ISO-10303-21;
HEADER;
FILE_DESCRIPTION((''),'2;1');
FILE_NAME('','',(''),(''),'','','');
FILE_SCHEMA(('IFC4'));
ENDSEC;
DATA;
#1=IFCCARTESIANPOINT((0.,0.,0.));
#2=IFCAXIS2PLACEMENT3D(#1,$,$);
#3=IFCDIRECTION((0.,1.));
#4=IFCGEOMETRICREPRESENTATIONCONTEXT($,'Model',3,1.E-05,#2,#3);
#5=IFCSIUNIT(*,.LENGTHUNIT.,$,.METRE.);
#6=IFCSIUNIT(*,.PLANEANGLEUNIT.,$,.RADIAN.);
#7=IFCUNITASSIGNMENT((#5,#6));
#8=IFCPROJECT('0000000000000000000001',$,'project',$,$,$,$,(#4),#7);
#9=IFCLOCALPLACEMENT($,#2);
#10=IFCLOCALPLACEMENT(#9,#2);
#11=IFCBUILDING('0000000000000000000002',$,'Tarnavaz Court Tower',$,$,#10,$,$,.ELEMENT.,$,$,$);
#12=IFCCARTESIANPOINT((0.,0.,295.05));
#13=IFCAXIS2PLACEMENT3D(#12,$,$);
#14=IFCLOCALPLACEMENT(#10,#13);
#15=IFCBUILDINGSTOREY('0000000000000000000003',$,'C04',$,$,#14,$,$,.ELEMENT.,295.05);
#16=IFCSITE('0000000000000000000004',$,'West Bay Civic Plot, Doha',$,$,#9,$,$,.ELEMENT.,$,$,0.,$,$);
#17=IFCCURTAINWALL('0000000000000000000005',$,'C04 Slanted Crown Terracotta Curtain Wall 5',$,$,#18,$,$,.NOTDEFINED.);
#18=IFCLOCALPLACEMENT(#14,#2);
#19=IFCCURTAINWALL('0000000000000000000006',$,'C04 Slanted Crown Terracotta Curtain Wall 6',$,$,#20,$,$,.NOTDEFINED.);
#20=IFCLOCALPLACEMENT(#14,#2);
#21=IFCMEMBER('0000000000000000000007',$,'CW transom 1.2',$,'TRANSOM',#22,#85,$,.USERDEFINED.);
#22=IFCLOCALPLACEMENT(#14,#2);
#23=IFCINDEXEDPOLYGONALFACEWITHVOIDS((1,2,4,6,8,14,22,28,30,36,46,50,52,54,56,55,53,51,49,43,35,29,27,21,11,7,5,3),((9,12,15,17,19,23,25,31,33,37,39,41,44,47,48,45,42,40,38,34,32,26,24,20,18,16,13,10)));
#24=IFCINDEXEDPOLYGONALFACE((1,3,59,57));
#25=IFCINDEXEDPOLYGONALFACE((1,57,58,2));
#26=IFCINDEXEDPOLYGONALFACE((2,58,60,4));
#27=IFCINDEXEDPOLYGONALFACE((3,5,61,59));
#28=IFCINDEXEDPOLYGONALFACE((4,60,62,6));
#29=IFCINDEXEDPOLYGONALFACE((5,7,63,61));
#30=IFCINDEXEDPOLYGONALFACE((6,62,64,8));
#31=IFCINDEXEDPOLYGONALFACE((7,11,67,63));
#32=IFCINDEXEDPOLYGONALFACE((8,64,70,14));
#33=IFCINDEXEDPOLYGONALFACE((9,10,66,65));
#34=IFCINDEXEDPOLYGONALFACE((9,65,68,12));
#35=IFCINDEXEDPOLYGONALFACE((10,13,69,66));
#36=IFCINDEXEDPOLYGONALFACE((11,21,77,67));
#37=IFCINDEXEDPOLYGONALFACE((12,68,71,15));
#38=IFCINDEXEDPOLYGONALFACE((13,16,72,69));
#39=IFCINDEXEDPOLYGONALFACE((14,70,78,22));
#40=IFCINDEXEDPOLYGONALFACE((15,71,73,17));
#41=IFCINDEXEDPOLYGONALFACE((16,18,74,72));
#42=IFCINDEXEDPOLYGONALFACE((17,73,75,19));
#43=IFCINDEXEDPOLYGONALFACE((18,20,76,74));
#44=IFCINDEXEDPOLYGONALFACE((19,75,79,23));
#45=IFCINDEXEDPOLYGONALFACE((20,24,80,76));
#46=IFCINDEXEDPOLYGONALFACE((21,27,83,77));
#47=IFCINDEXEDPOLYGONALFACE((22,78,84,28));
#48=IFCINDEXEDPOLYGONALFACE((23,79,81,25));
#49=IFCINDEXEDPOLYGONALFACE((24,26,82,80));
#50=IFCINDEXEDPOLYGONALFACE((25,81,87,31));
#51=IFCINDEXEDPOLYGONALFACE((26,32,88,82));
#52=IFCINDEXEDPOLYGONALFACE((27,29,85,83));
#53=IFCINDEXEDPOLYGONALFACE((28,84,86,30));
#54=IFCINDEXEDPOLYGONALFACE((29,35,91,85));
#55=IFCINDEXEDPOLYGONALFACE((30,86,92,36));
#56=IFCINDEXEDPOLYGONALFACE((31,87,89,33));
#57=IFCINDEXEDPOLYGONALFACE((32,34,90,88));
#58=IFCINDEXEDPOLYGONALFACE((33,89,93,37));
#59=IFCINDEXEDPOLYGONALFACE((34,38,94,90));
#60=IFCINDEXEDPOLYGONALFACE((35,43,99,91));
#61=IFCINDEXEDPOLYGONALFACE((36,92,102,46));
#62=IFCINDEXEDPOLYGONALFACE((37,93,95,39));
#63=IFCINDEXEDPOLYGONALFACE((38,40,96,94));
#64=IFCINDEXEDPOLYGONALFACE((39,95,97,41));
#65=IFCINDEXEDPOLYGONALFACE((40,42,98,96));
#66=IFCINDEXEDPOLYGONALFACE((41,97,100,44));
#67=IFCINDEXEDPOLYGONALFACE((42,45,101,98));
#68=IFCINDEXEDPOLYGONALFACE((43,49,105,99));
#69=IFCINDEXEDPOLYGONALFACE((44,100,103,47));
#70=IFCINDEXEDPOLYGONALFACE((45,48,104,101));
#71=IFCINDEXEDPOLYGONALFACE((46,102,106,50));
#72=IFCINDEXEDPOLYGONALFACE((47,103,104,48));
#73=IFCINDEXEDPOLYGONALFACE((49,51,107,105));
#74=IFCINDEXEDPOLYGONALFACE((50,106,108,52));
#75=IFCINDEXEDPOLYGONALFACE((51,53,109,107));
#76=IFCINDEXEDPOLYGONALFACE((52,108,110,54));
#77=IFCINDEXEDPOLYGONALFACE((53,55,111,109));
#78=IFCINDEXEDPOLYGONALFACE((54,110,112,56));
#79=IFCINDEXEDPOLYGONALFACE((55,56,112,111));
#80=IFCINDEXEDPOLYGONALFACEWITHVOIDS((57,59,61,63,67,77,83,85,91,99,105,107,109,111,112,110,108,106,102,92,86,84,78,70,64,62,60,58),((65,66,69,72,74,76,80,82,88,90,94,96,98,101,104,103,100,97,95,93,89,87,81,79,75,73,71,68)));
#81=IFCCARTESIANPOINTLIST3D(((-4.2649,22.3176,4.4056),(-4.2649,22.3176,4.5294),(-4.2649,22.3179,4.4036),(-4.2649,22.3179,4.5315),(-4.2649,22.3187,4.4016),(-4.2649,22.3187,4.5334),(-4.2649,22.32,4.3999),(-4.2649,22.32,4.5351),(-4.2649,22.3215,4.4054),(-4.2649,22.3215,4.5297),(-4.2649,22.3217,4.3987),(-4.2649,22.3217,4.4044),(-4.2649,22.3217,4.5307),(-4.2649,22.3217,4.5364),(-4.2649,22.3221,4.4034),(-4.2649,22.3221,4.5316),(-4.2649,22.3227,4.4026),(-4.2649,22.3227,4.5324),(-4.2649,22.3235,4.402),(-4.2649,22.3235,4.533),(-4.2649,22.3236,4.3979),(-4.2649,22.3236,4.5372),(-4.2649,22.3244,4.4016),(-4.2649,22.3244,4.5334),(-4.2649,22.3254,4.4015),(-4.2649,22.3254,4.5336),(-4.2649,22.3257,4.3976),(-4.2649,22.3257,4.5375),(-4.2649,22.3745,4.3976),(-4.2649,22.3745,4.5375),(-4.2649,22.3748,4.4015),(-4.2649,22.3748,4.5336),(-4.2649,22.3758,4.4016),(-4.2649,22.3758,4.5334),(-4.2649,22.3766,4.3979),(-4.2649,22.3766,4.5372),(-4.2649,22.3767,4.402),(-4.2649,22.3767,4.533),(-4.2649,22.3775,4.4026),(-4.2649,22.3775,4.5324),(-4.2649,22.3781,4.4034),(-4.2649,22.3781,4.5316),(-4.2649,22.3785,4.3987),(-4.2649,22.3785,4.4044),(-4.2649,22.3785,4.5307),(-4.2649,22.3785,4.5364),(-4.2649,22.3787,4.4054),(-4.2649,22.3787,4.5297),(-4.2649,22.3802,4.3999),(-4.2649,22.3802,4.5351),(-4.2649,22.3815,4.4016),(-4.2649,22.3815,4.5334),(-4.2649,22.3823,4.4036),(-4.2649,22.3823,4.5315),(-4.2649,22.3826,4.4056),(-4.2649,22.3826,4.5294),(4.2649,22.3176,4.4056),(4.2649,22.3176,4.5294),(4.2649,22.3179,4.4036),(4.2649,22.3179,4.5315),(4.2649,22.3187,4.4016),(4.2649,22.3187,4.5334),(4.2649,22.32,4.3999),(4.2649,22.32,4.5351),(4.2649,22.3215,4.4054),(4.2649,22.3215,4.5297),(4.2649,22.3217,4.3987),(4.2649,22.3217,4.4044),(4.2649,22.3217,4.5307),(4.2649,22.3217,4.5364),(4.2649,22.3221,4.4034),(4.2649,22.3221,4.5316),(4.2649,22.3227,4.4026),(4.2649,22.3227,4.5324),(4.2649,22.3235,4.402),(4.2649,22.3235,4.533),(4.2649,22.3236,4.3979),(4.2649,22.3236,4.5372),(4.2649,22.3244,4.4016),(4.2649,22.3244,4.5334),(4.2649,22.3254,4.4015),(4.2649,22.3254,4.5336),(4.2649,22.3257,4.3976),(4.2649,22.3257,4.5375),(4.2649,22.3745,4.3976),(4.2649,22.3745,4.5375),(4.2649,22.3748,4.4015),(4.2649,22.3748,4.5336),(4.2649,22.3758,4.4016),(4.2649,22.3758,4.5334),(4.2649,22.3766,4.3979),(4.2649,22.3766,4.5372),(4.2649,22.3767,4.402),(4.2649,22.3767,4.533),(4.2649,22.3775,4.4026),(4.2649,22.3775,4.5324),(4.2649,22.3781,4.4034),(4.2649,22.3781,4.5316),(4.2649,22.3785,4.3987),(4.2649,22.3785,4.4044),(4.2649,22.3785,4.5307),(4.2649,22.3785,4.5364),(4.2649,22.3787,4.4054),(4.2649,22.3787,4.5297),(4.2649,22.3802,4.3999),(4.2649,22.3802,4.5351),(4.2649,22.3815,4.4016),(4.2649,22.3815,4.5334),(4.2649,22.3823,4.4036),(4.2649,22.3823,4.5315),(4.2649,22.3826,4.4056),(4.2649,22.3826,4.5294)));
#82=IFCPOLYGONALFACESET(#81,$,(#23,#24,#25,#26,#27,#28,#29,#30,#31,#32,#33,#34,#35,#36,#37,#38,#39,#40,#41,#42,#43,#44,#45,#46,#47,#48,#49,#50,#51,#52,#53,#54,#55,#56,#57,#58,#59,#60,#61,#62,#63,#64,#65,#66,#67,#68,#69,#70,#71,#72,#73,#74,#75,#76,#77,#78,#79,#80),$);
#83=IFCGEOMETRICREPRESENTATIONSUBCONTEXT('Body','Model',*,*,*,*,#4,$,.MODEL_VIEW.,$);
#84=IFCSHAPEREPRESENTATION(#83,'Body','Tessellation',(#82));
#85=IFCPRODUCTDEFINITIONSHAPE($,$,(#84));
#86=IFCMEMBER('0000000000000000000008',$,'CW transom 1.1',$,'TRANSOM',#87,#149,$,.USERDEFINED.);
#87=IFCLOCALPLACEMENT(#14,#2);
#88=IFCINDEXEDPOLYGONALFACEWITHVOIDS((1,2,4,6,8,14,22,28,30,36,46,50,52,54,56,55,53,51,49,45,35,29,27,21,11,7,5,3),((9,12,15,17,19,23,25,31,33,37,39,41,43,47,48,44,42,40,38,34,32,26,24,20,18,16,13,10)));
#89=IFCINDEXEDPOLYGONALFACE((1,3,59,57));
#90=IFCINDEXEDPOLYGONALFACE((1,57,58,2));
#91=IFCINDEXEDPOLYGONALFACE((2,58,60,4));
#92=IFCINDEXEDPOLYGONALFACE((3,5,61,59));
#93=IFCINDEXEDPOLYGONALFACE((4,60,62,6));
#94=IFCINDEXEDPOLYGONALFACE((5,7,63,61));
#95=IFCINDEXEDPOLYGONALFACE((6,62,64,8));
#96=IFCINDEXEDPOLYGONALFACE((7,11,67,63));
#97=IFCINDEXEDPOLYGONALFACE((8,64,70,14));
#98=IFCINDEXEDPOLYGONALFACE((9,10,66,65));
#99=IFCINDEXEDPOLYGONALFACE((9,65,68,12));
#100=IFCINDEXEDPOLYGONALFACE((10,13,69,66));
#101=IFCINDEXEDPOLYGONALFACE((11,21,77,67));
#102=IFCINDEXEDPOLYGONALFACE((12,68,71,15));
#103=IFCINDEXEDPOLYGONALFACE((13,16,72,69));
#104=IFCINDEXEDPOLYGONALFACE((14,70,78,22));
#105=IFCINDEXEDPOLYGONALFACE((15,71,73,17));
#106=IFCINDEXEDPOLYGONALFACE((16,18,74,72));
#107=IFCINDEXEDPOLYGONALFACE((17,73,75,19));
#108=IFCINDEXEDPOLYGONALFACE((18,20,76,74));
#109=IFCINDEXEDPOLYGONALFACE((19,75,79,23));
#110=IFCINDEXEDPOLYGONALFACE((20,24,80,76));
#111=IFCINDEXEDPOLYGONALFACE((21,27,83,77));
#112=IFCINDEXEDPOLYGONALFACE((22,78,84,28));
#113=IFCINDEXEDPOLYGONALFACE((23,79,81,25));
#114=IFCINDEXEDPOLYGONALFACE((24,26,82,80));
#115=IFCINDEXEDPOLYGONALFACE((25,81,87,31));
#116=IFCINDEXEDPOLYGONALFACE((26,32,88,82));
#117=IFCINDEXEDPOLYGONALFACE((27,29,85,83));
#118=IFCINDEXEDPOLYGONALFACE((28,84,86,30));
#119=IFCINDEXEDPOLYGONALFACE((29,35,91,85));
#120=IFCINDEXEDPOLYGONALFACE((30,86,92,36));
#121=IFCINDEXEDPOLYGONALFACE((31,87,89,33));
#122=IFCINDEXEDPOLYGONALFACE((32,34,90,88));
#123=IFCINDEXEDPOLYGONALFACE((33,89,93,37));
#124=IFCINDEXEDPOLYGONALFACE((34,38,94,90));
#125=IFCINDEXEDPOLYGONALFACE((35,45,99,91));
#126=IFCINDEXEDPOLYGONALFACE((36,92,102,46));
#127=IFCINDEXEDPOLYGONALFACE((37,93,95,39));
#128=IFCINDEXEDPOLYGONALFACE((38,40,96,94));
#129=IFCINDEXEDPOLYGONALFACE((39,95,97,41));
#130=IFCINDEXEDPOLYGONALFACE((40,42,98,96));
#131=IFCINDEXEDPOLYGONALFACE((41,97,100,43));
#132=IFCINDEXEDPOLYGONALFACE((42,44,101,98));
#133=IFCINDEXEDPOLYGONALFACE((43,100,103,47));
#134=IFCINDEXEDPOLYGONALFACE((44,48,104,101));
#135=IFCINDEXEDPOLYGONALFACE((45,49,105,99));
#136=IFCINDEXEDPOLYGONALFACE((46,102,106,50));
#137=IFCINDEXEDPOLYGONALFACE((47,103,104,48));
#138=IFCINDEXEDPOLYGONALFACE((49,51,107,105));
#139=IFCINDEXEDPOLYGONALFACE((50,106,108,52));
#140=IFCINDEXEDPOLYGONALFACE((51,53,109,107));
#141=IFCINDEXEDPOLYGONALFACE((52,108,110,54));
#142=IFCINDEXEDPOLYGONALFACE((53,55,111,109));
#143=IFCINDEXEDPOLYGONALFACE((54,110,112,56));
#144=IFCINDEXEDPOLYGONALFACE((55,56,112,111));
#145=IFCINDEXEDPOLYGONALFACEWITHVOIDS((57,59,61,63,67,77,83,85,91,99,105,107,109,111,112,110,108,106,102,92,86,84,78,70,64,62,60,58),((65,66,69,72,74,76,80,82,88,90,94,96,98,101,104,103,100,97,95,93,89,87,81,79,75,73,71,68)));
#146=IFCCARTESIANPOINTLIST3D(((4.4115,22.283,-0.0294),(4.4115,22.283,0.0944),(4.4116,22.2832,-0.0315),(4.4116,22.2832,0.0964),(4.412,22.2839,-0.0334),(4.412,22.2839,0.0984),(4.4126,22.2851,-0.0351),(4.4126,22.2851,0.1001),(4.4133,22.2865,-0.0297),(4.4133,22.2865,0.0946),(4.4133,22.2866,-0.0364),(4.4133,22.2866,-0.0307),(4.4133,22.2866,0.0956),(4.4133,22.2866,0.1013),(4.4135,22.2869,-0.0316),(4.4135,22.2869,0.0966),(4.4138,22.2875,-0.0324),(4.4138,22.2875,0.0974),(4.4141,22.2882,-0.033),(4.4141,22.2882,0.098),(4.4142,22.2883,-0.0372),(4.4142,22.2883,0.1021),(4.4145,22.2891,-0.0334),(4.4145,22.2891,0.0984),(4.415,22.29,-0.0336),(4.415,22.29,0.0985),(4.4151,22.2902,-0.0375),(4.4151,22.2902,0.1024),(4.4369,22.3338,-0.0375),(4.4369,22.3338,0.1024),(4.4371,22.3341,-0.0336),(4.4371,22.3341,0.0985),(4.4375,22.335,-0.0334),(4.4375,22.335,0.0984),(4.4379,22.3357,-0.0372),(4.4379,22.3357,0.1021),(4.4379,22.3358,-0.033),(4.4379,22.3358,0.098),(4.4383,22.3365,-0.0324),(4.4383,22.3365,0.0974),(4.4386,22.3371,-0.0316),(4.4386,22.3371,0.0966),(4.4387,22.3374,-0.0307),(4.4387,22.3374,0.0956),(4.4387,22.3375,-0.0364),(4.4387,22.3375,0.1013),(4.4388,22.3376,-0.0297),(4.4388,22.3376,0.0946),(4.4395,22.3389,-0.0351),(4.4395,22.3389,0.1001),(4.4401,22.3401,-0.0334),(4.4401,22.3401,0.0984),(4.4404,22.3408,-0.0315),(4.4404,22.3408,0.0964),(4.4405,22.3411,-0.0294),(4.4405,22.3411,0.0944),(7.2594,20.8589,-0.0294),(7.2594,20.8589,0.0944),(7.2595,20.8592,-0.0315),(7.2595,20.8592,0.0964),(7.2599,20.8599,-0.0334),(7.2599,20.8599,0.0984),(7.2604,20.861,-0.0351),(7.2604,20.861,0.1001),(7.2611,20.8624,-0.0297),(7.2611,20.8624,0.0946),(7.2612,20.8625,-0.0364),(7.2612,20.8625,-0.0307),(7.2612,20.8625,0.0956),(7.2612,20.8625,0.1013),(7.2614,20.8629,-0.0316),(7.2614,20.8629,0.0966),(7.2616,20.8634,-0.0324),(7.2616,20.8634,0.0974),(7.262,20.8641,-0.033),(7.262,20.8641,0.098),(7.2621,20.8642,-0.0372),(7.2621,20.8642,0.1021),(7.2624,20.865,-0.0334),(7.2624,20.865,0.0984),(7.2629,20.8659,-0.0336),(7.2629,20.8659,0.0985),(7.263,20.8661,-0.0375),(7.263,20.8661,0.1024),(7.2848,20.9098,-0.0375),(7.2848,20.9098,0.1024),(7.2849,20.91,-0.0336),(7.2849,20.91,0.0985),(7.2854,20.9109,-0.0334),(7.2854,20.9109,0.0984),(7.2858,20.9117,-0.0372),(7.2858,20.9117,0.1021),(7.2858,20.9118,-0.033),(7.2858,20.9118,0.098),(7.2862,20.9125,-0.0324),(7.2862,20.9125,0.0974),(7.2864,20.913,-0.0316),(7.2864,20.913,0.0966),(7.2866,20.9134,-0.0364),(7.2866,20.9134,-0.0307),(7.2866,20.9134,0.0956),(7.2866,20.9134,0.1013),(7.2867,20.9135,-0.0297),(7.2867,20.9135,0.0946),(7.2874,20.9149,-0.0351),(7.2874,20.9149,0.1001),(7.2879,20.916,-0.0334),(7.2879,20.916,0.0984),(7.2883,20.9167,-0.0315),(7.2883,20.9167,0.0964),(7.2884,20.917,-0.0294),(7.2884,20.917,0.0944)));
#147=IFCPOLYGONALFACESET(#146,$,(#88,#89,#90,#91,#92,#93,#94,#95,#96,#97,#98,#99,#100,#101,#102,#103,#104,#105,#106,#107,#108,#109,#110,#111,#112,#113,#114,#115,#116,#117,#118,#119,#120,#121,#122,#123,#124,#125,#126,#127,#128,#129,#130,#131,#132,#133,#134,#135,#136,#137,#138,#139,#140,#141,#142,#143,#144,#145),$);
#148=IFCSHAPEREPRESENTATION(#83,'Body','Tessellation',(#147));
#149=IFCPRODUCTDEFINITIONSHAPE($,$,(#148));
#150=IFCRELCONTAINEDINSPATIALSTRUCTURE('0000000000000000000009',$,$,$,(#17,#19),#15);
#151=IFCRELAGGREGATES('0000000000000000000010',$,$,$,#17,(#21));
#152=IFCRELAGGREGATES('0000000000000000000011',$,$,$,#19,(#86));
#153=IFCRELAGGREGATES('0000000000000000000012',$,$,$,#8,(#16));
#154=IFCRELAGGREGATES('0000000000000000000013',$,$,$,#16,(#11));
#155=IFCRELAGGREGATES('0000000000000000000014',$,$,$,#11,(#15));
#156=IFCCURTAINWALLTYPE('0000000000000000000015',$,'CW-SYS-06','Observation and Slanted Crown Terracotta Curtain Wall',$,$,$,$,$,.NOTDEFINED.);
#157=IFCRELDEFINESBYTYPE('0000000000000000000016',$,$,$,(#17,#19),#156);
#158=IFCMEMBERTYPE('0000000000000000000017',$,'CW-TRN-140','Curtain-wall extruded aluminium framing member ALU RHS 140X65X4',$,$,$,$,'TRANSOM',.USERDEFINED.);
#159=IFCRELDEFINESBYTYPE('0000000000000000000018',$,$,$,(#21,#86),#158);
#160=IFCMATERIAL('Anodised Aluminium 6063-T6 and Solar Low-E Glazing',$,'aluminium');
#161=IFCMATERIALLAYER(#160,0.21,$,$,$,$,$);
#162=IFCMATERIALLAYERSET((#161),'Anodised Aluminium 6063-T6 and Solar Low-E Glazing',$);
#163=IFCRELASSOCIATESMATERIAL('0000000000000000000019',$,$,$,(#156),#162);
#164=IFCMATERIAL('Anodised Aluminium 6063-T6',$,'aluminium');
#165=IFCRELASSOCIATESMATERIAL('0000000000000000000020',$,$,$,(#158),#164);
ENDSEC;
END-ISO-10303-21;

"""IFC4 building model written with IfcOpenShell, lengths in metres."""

from ifc_helpers import new_model, si_unit, direction, frame, origin, origin_2d, place, context, subcontext, project, spatial, hollow_rectangle, extrude, material, layer, layer_set, material_profile, profile_set, type_object, element, aggregate, save


model = new_model("IFC4")

# Units and contexts
model_context = context("Model", 3, precision=1e-05, world=origin(), true_north=direction((0.0, 1.0)))
body_context = subcontext(model_context, "Body", "Model", "MODEL_VIEW")
ifc_project = project(units=[si_unit("LENGTHUNIT", "METRE"), si_unit("PLANEANGLEUNIT", "RADIAN")], contexts=[model_context])

# Site, building, storey
site_placement = place(None, origin())
site = spatial("IfcSite", under=ifc_project, at=site_placement, Name="West Bay Civic Plot, Doha", CompositionType="ELEMENT", RefElevation=0.0)
building_placement = place(site_placement, origin())
building = spatial("IfcBuilding", under=site, at=building_placement, Name="Tarnavaz Court Tower", CompositionType="ELEMENT")
storey_placement = place(building_placement, frame((0.0, 0.0, 295.05)))
storey = spatial("IfcBuildingStorey", under=building, at=storey_placement, Name="C04", CompositionType="ELEMENT", Elevation=295.05)

# Curtain wall
ifc_material_1 = material(Name="Anodised Aluminium 6063-T6 and Solar Low-E Glazing", Category="aluminium")
ifc_layer_1 = layer(ifc_material_1, 0.21)
ifc_layer_set_1 = layer_set([ifc_layer_1], Name="Anodised Aluminium 6063-T6 and Solar Low-E Glazing")
curtain_wall_type = type_object("IfcCurtainWallType", Name="CW-SYS-06", Description="Observation and Slanted Crown Terracotta Curtain Wall", PredefinedType="NOTDEFINED", material=ifc_layer_set_1)
curtain_wall_1_placement = place(storey_placement, origin())
curtain_wall_1 = element("IfcCurtainWall", 1, at=curtain_wall_1_placement, inside=storey, type_object=curtain_wall_type, Name="C04 Slanted Crown Terracotta Curtain Wall 5", PredefinedType="NOTDEFINED")
ifc_material_2 = material(Name="Anodised Aluminium 6063-T6", Category="aluminium")

# Curtain wall
curtain_wall_2_placement = place(storey_placement, origin())
curtain_wall_2 = element("IfcCurtainWall", 2, at=curtain_wall_2_placement, inside=storey, type_object=curtain_wall_type, Name="C04 Slanted Crown Terracotta Curtain Wall 6", PredefinedType="NOTDEFINED")

# Members
ifc_material_profile_1 = material_profile(ifc_material_2, hollow_rectangle(XDim=0.0649, YDim=0.1399, WallThickness=0.0039, InnerFilletRadius=0.0039, OuterFilletRadius=0.0081, at=origin_2d()), Name="ALU RHS 140X65X4")
ifc_profile_set_1 = profile_set([ifc_material_profile_1], Name="Anodised Aluminium 6063-T6")
member_type_1 = type_object("IfcMemberType", Name="CW-TRN-140", Description="Curtain-wall extruded aluminium framing member ALU RHS 140X65X4", ElementType="TRANSOM", PredefinedType="USERDEFINED", material=ifc_profile_set_1)
member_1_placement = place(storey_placement, frame((-4.2649, 22.3501, 4.4675), z_axis=(1.0, 0.0, 0.0), x_axis=(0.0, 1.0, 0.0)))
member_1 = element("IfcMember", 3, at=member_1_placement, type_object=member_type_1, Name="CW transom 1.2", ObjectType="TRANSOM", PredefinedType="USERDEFINED", context=body_context, shape_type="SweptSolid", body=[
    extrude(hollow_rectangle(XDim=0.0649, YDim=0.1399, WallThickness=0.0039, InnerFilletRadius=0.0039, OuterFilletRadius=0.0081, at=origin_2d()), origin(), (0.0, 0.0, 1.0), 8.5298),
])
member_2_placement = place(storey_placement, frame((4.426, 22.312, 0.0325), z_axis=(0.894412, -0.447244, 0.0), x_axis=(0.447244, 0.894412, 0.0)))
member_2 = element("IfcMember", 4, at=member_2_placement, type_object=member_type_1, Name="CW transom 1.1", ObjectType="TRANSOM", PredefinedType="USERDEFINED", context=body_context, shape_type="SweptSolid", body=[
    extrude(hollow_rectangle(XDim=0.0649, YDim=0.1399, WallThickness=0.0039, InnerFilletRadius=0.0039, OuterFilletRadius=0.0081, at=origin_2d()), origin(), (0.0, 0.0, 1.0), 3.1841),
])

aggregate(curtain_wall_1, [member_1])
aggregate(curtain_wall_2, [member_2])

save(model, "model.ifc")
